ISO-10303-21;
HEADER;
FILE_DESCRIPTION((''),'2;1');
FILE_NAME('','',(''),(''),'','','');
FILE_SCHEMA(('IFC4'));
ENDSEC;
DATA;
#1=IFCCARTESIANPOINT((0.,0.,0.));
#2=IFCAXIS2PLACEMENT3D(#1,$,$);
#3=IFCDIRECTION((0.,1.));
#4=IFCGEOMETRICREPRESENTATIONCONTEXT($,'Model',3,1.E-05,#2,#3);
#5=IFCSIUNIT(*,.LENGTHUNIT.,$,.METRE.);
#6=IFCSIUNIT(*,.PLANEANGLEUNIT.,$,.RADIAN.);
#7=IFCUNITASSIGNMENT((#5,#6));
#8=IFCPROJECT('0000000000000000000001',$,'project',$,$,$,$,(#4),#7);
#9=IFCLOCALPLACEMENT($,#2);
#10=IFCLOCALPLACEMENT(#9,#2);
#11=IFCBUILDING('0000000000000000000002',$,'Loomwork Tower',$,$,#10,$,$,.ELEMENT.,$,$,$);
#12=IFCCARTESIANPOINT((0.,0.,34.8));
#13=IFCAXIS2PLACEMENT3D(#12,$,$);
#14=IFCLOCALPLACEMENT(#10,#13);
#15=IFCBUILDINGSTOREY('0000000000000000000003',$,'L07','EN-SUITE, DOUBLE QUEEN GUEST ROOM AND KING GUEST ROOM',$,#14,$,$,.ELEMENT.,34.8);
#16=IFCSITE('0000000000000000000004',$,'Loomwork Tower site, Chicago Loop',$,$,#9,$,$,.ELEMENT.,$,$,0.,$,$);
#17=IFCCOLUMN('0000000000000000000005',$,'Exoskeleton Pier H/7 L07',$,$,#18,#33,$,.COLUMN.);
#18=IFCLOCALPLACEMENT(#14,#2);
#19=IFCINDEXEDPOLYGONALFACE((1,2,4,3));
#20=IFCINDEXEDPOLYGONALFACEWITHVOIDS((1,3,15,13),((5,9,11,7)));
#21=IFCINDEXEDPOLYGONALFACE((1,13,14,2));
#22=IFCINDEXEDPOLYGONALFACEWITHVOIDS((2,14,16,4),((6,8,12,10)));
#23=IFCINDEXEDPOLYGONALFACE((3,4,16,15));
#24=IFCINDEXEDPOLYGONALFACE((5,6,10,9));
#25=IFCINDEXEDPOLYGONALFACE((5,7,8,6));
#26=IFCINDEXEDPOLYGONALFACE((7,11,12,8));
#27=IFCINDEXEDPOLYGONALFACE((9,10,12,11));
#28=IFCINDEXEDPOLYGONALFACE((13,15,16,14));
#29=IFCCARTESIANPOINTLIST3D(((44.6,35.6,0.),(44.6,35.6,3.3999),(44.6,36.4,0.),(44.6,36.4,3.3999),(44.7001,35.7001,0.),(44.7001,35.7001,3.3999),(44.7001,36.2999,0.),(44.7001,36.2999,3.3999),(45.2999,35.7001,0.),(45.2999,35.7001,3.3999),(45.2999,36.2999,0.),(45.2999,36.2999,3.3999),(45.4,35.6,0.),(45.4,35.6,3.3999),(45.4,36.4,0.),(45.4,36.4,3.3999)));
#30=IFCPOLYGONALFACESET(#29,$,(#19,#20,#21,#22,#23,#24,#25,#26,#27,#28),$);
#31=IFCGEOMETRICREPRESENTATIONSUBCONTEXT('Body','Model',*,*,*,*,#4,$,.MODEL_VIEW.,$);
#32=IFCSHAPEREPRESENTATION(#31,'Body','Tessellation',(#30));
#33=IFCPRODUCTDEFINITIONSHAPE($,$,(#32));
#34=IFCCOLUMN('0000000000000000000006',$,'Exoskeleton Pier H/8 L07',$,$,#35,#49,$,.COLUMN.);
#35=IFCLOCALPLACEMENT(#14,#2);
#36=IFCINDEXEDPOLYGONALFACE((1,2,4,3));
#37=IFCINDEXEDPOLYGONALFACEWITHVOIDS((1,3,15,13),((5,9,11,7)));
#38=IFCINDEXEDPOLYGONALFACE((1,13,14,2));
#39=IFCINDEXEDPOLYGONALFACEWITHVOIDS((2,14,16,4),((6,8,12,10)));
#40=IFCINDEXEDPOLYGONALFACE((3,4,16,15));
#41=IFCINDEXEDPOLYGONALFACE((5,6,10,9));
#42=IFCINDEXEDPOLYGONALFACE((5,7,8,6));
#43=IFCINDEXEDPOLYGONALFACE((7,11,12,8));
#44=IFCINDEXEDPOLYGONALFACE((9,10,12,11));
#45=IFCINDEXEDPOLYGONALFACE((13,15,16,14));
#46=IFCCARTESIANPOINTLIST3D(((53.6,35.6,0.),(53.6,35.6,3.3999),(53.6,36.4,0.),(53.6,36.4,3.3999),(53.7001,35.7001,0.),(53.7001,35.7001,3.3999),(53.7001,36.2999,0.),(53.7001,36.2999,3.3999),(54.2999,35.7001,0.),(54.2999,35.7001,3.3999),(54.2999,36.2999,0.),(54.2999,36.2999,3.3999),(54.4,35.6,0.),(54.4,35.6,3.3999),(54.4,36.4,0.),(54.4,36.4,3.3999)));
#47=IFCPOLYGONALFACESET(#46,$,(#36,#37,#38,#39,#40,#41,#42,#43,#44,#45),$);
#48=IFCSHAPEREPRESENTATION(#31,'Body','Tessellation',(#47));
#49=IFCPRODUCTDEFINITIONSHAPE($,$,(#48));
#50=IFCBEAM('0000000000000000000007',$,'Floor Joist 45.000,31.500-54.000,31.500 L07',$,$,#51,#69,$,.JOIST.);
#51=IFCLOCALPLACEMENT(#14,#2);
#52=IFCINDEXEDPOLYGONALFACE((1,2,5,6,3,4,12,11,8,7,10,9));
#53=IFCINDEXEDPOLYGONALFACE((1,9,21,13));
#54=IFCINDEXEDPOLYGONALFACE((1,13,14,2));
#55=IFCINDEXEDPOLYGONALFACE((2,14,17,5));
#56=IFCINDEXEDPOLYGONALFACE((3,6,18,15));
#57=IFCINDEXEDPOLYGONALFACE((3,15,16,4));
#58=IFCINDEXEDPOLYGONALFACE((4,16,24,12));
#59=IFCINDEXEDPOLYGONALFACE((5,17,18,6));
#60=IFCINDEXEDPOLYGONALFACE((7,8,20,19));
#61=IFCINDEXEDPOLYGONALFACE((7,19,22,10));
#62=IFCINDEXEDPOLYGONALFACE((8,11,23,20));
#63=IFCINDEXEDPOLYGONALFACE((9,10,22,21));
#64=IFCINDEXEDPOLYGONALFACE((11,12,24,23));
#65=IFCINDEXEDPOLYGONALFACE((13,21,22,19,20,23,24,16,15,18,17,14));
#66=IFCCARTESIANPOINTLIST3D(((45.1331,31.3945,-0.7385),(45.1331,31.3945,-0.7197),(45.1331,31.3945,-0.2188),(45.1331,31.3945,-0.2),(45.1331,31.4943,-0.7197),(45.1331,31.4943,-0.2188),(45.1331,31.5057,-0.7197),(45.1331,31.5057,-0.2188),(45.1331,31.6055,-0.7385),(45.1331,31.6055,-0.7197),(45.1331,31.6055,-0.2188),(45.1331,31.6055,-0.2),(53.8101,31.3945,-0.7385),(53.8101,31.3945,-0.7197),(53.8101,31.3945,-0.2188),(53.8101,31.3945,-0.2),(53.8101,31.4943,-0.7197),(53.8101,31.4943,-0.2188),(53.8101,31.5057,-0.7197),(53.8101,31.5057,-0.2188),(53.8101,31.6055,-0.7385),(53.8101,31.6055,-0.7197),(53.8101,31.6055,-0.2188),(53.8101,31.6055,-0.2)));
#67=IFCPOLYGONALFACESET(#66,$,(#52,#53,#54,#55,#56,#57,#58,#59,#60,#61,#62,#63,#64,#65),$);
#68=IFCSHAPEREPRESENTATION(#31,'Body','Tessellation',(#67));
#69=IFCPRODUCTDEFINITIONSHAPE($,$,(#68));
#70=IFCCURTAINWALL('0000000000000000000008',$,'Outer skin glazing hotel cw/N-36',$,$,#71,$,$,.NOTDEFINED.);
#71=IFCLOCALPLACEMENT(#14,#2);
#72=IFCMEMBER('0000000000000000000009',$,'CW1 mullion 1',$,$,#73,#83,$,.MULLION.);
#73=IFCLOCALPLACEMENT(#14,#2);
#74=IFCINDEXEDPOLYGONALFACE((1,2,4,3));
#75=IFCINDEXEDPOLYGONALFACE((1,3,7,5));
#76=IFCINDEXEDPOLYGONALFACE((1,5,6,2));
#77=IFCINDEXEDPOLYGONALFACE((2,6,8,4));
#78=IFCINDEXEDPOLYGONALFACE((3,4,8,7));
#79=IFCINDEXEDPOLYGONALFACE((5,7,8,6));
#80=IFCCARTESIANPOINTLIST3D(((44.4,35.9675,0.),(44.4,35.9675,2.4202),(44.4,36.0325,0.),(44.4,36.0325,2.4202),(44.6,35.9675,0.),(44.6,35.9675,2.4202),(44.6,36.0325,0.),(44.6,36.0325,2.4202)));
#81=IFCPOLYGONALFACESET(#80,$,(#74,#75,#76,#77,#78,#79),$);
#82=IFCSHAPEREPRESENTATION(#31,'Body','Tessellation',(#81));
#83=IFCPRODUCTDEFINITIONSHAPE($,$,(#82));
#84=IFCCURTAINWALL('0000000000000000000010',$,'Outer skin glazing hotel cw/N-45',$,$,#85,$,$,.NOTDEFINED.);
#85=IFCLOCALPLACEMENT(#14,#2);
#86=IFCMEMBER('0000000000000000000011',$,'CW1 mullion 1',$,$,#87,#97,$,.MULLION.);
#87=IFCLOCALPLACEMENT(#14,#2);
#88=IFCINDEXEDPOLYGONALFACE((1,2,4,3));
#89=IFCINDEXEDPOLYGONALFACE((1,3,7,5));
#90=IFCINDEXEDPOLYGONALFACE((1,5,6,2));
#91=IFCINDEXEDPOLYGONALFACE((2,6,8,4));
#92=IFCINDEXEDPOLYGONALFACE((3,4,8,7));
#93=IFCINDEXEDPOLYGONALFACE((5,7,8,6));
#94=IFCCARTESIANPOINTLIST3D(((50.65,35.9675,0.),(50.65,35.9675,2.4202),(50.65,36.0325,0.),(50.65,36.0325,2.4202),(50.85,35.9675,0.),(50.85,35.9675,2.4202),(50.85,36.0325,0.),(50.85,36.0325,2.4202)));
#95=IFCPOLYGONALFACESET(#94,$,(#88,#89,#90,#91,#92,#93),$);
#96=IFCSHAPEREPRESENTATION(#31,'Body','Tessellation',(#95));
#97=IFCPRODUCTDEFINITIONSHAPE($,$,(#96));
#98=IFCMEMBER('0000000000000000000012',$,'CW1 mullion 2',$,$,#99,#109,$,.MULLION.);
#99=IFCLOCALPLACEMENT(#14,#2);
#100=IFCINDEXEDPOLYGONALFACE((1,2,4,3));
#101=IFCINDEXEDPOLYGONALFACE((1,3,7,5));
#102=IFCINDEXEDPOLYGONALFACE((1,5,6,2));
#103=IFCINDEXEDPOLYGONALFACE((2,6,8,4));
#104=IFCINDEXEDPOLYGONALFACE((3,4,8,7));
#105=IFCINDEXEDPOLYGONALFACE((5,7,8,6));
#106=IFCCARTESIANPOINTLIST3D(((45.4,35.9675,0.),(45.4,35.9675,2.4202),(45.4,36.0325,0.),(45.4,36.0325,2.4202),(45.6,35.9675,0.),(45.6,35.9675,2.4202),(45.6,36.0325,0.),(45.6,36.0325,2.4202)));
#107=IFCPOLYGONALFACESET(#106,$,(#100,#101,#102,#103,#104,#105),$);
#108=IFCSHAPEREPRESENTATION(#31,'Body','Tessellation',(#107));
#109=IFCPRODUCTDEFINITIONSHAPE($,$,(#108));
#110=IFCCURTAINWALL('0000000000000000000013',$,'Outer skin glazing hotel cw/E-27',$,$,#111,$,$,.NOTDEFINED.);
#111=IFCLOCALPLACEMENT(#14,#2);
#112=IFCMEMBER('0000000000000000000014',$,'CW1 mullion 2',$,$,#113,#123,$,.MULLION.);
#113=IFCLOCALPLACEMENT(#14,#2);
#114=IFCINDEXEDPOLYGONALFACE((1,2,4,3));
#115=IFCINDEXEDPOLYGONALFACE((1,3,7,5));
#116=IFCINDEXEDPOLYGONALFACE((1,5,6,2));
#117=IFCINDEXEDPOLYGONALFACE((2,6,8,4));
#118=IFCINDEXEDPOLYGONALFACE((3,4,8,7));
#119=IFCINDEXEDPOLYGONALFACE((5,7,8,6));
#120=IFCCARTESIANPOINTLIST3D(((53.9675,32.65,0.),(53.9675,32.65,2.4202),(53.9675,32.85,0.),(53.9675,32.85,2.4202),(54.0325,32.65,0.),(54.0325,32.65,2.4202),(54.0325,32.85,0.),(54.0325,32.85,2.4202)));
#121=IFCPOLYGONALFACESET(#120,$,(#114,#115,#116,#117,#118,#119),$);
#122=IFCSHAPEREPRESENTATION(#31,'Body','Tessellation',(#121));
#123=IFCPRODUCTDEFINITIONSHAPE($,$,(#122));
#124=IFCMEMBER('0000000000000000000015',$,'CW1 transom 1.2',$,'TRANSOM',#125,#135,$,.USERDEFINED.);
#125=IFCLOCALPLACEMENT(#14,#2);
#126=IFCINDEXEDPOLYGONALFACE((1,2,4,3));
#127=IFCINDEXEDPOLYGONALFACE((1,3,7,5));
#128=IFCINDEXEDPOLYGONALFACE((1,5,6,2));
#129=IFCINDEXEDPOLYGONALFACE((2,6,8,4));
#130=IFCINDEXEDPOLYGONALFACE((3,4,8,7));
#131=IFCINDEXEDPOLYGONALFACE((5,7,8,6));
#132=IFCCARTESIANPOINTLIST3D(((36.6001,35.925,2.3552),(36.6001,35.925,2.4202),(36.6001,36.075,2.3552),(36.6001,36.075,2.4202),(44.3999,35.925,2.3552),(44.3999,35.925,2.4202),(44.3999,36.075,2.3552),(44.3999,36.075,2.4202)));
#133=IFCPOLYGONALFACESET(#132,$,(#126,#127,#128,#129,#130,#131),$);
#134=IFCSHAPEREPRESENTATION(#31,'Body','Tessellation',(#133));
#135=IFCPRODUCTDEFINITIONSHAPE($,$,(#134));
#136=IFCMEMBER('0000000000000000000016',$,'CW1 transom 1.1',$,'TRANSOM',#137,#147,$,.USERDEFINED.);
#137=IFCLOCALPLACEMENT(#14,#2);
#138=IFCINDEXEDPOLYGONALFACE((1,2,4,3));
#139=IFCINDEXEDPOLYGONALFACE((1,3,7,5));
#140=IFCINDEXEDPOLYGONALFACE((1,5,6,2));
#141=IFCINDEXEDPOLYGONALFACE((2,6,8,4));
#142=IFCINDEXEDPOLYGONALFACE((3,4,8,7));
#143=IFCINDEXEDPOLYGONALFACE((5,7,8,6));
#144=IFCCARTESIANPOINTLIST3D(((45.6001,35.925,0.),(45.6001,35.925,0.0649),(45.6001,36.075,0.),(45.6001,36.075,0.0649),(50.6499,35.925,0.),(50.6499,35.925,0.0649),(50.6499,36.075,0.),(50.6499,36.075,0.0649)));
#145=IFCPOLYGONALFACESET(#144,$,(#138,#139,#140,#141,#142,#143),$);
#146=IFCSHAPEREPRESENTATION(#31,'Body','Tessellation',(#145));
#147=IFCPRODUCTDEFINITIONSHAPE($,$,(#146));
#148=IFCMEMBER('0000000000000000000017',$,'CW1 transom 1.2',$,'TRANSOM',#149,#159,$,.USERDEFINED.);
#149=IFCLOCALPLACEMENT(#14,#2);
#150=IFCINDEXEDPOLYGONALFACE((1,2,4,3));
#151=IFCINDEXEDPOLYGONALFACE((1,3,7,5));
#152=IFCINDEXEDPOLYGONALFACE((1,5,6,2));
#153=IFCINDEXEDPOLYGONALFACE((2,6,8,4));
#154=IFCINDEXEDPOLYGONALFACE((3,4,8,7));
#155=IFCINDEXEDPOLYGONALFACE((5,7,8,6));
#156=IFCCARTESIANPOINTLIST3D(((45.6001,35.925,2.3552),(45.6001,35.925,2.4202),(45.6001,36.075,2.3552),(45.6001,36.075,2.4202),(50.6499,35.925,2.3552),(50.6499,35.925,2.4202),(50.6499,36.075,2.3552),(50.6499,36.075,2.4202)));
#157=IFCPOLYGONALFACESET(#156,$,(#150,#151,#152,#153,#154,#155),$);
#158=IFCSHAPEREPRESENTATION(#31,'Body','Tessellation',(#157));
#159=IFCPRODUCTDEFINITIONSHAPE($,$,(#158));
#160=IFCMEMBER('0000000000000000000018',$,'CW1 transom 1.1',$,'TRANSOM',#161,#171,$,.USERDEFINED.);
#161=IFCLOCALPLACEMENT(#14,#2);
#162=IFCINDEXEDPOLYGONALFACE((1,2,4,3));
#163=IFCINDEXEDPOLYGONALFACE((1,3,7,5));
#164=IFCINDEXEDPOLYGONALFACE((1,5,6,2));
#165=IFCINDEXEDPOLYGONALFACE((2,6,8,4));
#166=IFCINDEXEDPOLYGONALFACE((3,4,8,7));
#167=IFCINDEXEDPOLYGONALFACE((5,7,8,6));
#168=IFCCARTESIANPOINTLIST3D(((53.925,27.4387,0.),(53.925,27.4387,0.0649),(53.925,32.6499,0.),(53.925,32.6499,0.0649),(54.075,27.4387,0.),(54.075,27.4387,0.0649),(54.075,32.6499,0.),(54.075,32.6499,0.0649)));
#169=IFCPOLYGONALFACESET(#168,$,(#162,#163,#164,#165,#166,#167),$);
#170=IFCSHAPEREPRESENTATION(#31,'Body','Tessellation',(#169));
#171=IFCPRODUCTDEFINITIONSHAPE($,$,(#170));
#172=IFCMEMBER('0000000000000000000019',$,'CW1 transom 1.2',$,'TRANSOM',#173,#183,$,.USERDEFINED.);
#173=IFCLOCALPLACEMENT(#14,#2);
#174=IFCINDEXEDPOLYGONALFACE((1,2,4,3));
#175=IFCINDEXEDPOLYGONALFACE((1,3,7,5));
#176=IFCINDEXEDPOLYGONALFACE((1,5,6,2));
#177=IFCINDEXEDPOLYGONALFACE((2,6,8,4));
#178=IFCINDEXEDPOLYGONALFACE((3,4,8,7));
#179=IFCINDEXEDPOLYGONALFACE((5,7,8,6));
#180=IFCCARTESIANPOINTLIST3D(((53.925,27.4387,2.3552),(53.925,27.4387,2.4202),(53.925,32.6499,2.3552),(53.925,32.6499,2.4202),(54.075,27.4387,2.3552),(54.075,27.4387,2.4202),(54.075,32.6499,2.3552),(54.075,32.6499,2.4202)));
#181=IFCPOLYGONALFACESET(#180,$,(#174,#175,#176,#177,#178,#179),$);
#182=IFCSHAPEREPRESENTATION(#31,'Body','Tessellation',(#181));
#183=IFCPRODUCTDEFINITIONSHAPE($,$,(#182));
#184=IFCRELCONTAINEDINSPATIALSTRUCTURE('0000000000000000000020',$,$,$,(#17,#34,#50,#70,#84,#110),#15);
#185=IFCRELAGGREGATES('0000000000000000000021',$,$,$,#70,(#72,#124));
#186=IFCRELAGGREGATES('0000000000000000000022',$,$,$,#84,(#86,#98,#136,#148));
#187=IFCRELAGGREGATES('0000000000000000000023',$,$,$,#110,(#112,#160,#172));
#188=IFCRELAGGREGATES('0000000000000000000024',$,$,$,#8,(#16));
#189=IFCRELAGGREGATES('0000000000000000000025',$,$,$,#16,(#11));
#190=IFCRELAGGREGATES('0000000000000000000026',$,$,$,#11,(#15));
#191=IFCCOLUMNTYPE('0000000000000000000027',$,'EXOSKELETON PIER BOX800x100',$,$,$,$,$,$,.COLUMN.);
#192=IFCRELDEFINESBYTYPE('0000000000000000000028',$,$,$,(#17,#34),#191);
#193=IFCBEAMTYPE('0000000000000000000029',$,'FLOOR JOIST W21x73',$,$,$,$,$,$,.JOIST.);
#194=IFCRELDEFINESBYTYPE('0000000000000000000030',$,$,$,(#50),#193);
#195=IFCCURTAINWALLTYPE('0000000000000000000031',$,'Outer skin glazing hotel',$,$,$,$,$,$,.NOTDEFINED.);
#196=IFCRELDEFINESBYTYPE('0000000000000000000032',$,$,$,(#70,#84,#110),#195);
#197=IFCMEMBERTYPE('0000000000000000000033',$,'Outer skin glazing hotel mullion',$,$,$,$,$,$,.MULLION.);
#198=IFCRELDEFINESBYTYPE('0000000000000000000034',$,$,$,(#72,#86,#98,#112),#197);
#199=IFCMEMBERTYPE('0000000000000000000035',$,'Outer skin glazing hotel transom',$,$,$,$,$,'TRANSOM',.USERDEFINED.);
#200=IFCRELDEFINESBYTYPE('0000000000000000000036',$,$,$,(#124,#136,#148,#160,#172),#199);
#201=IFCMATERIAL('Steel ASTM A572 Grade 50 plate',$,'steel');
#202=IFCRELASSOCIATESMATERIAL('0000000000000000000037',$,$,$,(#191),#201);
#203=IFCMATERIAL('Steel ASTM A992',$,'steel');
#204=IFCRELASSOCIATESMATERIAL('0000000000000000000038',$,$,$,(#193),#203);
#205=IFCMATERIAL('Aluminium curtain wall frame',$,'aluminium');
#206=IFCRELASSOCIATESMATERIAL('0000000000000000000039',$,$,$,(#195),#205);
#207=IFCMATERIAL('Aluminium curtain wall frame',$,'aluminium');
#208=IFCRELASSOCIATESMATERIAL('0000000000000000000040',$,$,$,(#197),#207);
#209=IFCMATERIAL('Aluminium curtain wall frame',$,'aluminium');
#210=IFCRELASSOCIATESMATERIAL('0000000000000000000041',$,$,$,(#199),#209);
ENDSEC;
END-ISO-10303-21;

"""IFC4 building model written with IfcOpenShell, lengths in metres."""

from ifc_helpers import new_model, si_unit, direction, frame, origin, origin_2d, place, context, subcontext, project, spatial, rectangle, hollow_rectangle, i_section, extrude, material, material_profile, profile_set, type_object, element, aggregate, save


model = new_model("IFC4")

# Units and contexts
model_context = context("Model", 3, precision=1e-05, world=origin(), true_north=direction((0.0, 1.0)))
body_context = subcontext(model_context, "Body", "Model", "MODEL_VIEW")
ifc_project = project(units=[si_unit("LENGTHUNIT", "METRE"), si_unit("PLANEANGLEUNIT", "RADIAN")], contexts=[model_context])

# Site, building, storey
site_placement = place(None, origin())
site = spatial("IfcSite", under=ifc_project, at=site_placement, Name="Loomwork Tower site, Chicago Loop", CompositionType="ELEMENT", RefElevation=0.0)
building_placement = place(site_placement, origin())
building = spatial("IfcBuilding", under=site, at=building_placement, Name="Loomwork Tower", CompositionType="ELEMENT")
storey_placement = place(building_placement, frame((0.0, 0.0, 34.8)))
storey = spatial("IfcBuildingStorey", under=building, at=storey_placement, Name="L07", Description="EN-SUITE, DOUBLE QUEEN GUEST ROOM AND KING GUEST ROOM", CompositionType="ELEMENT", Elevation=34.8)

# Columns
ifc_material_1 = material(Name="Steel ASTM A572 Grade 50 plate", Category="steel")
ifc_material_profile_1 = material_profile(ifc_material_1, hollow_rectangle(XDim=0.8, YDim=0.8, WallThickness=0.1001, at=origin_2d()), Name="BOX800x100")
ifc_profile_set_1 = profile_set([ifc_material_profile_1], Name="Steel ASTM A572 Grade 50 plate")
column_type = type_object("IfcColumnType", Name="EXOSKELETON PIER BOX800x100", PredefinedType="COLUMN", material=ifc_profile_set_1)
for number, where, z_axis, x_axis, name in (
    (1, (45.0, 36.0, 0.0), (0.0, 0.0, 1.0), (1.0, 0.0, 0.0), "Exoskeleton Pier H/7 L07"),
    (2, (54.0, 36.0, 0.0), (0.0, 0.0, 1.0), (1.0, 0.0, 0.0), "Exoskeleton Pier H/8 L07"),
):
    element("IfcColumn", number, at=place(storey_placement, frame(where, z_axis=z_axis, x_axis=x_axis)), inside=storey, type_object=column_type, Name=name, PredefinedType="COLUMN", context=body_context, shape_type="SweptSolid", body=[
        extrude(hollow_rectangle(XDim=0.8, YDim=0.8, WallThickness=0.1001, at=origin_2d()), origin(), (0.0, 0.0, 1.0), 3.3999),
    ])

# Beam
ifc_material_2 = material(Name="Steel ASTM A992", Category="steel")
ifc_material_profile_2 = material_profile(ifc_material_2, i_section(OverallWidth=0.2109, OverallDepth=0.5386, WebThickness=0.0115, FlangeThickness=0.0188, at=origin_2d()), Name="W21x73")
ifc_profile_set_2 = profile_set([ifc_material_profile_2], Name="Steel ASTM A992")
beam_type_1 = type_object("IfcBeamType", Name="FLOOR JOIST W21x73", PredefinedType="JOIST", material=ifc_profile_set_2)
beam_1_placement = place(storey_placement, frame((45.1331, 31.5, -0.4692), z_axis=(1.0, 0.0, 0.0), x_axis=(0.0, 1.0, 0.0)))
element("IfcBeam", 3, at=beam_1_placement, inside=storey, type_object=beam_type_1, Name="Floor Joist 45.000,31.500-54.000,31.500 L07", PredefinedType="JOIST", context=body_context, shape_type="SweptSolid", body=[
    extrude(i_section(OverallWidth=0.2109, OverallDepth=0.5386, WebThickness=0.0115, FlangeThickness=0.0188, at=origin_2d()), origin(), (0.0, 0.0, 1.0), 8.677),
])

# Curtain wall, member
ifc_material_3 = material(Name="Aluminium curtain wall frame", Category="aluminium")
curtain_wall_type = type_object("IfcCurtainWallType", Name="Outer skin glazing hotel", PredefinedType="NOTDEFINED", material=ifc_material_3)
curtain_wall_1_placement = place(storey_placement, origin())
curtain_wall_1 = element("IfcCurtainWall", 4, at=curtain_wall_1_placement, inside=storey, type_object=curtain_wall_type, Name="Outer skin glazing hotel cw/N-36", PredefinedType="NOTDEFINED")
ifc_material_4 = material(Name="Aluminium curtain wall frame", Category="aluminium")
ifc_material_profile_3 = material_profile(ifc_material_4, rectangle(XDim=0.0649, YDim=0.2, at=origin_2d()), Name="AL 65x200")
ifc_profile_set_3 = profile_set([ifc_material_profile_3], Name="Aluminium curtain wall frame")
member_type_1 = type_object("IfcMemberType", Name="Outer skin glazing hotel mullion", PredefinedType="MULLION", material=ifc_profile_set_3)
member_1_placement = place(storey_placement, frame((44.5, 36.0, 0.0), z_axis=(0.0, 0.0, 1.0), x_axis=(0.0, -1.0, 0.0)))
member_1 = element("IfcMember", 5, at=member_1_placement, type_object=member_type_1, Name="CW1 mullion 1", PredefinedType="MULLION", context=body_context, shape_type="SweptSolid", body=[
    extrude(rectangle(XDim=0.0649, YDim=0.2, at=origin_2d()), origin(), (0.0, 0.0, 1.0), 2.4202),
])

# Curtain wall, members
curtain_wall_2_placement = place(storey_placement, origin())
curtain_wall_2 = element("IfcCurtainWall", 6, at=curtain_wall_2_placement, inside=storey, type_object=curtain_wall_type, Name="Outer skin glazing hotel cw/N-45", PredefinedType="NOTDEFINED")
member_2_placement = place(storey_placement, frame((50.75, 36.0, 0.0), z_axis=(0.0, 0.0, 1.0), x_axis=(0.0, -1.0, 0.0)))
member_2 = element("IfcMember", 7, at=member_2_placement, type_object=member_type_1, Name="CW1 mullion 1", PredefinedType="MULLION", context=body_context, shape_type="SweptSolid", body=[
    extrude(rectangle(XDim=0.0649, YDim=0.2, at=origin_2d()), origin(), (0.0, 0.0, 1.0), 2.4202),
])
member_3_placement = place(storey_placement, frame((45.5, 36.0, 0.0), z_axis=(0.0, 0.0, 1.0), x_axis=(0.0, -1.0, 0.0)))
member_3 = element("IfcMember", 8, at=member_3_placement, type_object=member_type_1, Name="CW1 mullion 2", PredefinedType="MULLION", context=body_context, shape_type="SweptSolid", body=[
    extrude(rectangle(XDim=0.0649, YDim=0.2, at=origin_2d()), origin(), (0.0, 0.0, 1.0), 2.4202),
])

# Curtain wall, member
curtain_wall_3_placement = place(storey_placement, origin())
curtain_wall_3 = element("IfcCurtainWall", 9, at=curtain_wall_3_placement, inside=storey, type_object=curtain_wall_type, Name="Outer skin glazing hotel cw/E-27", PredefinedType="NOTDEFINED")
member_4_placement = place(storey_placement, frame((54.0, 32.75, 0.0), z_axis=(0.0, 0.0, 1.0), x_axis=(-1.0, 0.0, 0.0)))
member_4 = element("IfcMember", 10, at=member_4_placement, type_object=member_type_1, Name="CW1 mullion 2", PredefinedType="MULLION", context=body_context, shape_type="SweptSolid", body=[
    extrude(rectangle(XDim=0.0649, YDim=0.2, at=origin_2d()), origin(), (0.0, 0.0, 1.0), 2.4202),
])

# Members
ifc_material_5 = material(Name="Aluminium curtain wall frame", Category="aluminium")
ifc_material_profile_4 = material_profile(ifc_material_5, rectangle(XDim=0.1499, YDim=0.0649, at=origin_2d()), Name="AL 65x150")
ifc_profile_set_4 = profile_set([ifc_material_profile_4], Name="Aluminium curtain wall frame")
member_type_2 = type_object("IfcMemberType", Name="Outer skin glazing hotel transom", ElementType="TRANSOM", PredefinedType="USERDEFINED", material=ifc_profile_set_4)
member_5_placement = place(storey_placement, frame((44.3999, 36.0, 2.3877), z_axis=(-1.0, 0.0, 0.0), x_axis=(0.0, -1.0, 0.0)))
member_5 = element("IfcMember", 11, at=member_5_placement, type_object=member_type_2, Name="CW1 transom 1.2", ObjectType="TRANSOM", PredefinedType="USERDEFINED", context=body_context, shape_type="SweptSolid", body=[
    extrude(rectangle(XDim=0.1499, YDim=0.0649, at=origin_2d()), origin(), (0.0, 0.0, 1.0), 7.7998),
])
aggregate(curtain_wall_1, [member_1, member_5])
member_6_placement = place(storey_placement, frame((50.6499, 36.0, 0.0325), z_axis=(-1.0, 0.0, 0.0), x_axis=(0.0, -1.0, 0.0)))
member_6 = element("IfcMember", 12, at=member_6_placement, type_object=member_type_2, Name="CW1 transom 1.1", ObjectType="TRANSOM", PredefinedType="USERDEFINED", context=body_context, shape_type="SweptSolid", body=[
    extrude(rectangle(XDim=0.1499, YDim=0.0649, at=origin_2d()), origin(), (0.0, 0.0, 1.0), 5.0498),
])
member_7_placement = place(storey_placement, frame((50.6499, 36.0, 2.3877), z_axis=(-1.0, 0.0, 0.0), x_axis=(0.0, -1.0, 0.0)))
member_7 = element("IfcMember", 13, at=member_7_placement, type_object=member_type_2, Name="CW1 transom 1.2", ObjectType="TRANSOM", PredefinedType="USERDEFINED", context=body_context, shape_type="SweptSolid", body=[
    extrude(rectangle(XDim=0.1499, YDim=0.0649, at=origin_2d()), origin(), (0.0, 0.0, 1.0), 5.0498),
])
member_8_placement = place(storey_placement, frame((54.0, 27.4387, 0.0325), z_axis=(0.0, 1.0, 0.0), x_axis=(-1.0, 0.0, 0.0)))
member_8 = element("IfcMember", 14, at=member_8_placement, type_object=member_type_2, Name="CW1 transom 1.1", ObjectType="TRANSOM", PredefinedType="USERDEFINED", context=body_context, shape_type="SweptSolid", body=[
    extrude(rectangle(XDim=0.1499, YDim=0.0649, at=origin_2d()), origin(), (0.0, 0.0, 1.0), 5.2112),
])
member_9_placement = place(storey_placement, frame((54.0, 27.4387, 2.3877), z_axis=(0.0, 1.0, 0.0), x_axis=(-1.0, 0.0, 0.0)))
member_9 = element("IfcMember", 15, at=member_9_placement, type_object=member_type_2, Name="CW1 transom 1.2", ObjectType="TRANSOM", PredefinedType="USERDEFINED", context=body_context, shape_type="SweptSolid", body=[
    extrude(rectangle(XDim=0.1499, YDim=0.0649, at=origin_2d()), origin(), (0.0, 0.0, 1.0), 5.2112),
])

aggregate(curtain_wall_2, [member_2, member_3, member_6, member_7])
aggregate(curtain_wall_3, [member_4, member_8, member_9])

save(model, "model.ifc")
